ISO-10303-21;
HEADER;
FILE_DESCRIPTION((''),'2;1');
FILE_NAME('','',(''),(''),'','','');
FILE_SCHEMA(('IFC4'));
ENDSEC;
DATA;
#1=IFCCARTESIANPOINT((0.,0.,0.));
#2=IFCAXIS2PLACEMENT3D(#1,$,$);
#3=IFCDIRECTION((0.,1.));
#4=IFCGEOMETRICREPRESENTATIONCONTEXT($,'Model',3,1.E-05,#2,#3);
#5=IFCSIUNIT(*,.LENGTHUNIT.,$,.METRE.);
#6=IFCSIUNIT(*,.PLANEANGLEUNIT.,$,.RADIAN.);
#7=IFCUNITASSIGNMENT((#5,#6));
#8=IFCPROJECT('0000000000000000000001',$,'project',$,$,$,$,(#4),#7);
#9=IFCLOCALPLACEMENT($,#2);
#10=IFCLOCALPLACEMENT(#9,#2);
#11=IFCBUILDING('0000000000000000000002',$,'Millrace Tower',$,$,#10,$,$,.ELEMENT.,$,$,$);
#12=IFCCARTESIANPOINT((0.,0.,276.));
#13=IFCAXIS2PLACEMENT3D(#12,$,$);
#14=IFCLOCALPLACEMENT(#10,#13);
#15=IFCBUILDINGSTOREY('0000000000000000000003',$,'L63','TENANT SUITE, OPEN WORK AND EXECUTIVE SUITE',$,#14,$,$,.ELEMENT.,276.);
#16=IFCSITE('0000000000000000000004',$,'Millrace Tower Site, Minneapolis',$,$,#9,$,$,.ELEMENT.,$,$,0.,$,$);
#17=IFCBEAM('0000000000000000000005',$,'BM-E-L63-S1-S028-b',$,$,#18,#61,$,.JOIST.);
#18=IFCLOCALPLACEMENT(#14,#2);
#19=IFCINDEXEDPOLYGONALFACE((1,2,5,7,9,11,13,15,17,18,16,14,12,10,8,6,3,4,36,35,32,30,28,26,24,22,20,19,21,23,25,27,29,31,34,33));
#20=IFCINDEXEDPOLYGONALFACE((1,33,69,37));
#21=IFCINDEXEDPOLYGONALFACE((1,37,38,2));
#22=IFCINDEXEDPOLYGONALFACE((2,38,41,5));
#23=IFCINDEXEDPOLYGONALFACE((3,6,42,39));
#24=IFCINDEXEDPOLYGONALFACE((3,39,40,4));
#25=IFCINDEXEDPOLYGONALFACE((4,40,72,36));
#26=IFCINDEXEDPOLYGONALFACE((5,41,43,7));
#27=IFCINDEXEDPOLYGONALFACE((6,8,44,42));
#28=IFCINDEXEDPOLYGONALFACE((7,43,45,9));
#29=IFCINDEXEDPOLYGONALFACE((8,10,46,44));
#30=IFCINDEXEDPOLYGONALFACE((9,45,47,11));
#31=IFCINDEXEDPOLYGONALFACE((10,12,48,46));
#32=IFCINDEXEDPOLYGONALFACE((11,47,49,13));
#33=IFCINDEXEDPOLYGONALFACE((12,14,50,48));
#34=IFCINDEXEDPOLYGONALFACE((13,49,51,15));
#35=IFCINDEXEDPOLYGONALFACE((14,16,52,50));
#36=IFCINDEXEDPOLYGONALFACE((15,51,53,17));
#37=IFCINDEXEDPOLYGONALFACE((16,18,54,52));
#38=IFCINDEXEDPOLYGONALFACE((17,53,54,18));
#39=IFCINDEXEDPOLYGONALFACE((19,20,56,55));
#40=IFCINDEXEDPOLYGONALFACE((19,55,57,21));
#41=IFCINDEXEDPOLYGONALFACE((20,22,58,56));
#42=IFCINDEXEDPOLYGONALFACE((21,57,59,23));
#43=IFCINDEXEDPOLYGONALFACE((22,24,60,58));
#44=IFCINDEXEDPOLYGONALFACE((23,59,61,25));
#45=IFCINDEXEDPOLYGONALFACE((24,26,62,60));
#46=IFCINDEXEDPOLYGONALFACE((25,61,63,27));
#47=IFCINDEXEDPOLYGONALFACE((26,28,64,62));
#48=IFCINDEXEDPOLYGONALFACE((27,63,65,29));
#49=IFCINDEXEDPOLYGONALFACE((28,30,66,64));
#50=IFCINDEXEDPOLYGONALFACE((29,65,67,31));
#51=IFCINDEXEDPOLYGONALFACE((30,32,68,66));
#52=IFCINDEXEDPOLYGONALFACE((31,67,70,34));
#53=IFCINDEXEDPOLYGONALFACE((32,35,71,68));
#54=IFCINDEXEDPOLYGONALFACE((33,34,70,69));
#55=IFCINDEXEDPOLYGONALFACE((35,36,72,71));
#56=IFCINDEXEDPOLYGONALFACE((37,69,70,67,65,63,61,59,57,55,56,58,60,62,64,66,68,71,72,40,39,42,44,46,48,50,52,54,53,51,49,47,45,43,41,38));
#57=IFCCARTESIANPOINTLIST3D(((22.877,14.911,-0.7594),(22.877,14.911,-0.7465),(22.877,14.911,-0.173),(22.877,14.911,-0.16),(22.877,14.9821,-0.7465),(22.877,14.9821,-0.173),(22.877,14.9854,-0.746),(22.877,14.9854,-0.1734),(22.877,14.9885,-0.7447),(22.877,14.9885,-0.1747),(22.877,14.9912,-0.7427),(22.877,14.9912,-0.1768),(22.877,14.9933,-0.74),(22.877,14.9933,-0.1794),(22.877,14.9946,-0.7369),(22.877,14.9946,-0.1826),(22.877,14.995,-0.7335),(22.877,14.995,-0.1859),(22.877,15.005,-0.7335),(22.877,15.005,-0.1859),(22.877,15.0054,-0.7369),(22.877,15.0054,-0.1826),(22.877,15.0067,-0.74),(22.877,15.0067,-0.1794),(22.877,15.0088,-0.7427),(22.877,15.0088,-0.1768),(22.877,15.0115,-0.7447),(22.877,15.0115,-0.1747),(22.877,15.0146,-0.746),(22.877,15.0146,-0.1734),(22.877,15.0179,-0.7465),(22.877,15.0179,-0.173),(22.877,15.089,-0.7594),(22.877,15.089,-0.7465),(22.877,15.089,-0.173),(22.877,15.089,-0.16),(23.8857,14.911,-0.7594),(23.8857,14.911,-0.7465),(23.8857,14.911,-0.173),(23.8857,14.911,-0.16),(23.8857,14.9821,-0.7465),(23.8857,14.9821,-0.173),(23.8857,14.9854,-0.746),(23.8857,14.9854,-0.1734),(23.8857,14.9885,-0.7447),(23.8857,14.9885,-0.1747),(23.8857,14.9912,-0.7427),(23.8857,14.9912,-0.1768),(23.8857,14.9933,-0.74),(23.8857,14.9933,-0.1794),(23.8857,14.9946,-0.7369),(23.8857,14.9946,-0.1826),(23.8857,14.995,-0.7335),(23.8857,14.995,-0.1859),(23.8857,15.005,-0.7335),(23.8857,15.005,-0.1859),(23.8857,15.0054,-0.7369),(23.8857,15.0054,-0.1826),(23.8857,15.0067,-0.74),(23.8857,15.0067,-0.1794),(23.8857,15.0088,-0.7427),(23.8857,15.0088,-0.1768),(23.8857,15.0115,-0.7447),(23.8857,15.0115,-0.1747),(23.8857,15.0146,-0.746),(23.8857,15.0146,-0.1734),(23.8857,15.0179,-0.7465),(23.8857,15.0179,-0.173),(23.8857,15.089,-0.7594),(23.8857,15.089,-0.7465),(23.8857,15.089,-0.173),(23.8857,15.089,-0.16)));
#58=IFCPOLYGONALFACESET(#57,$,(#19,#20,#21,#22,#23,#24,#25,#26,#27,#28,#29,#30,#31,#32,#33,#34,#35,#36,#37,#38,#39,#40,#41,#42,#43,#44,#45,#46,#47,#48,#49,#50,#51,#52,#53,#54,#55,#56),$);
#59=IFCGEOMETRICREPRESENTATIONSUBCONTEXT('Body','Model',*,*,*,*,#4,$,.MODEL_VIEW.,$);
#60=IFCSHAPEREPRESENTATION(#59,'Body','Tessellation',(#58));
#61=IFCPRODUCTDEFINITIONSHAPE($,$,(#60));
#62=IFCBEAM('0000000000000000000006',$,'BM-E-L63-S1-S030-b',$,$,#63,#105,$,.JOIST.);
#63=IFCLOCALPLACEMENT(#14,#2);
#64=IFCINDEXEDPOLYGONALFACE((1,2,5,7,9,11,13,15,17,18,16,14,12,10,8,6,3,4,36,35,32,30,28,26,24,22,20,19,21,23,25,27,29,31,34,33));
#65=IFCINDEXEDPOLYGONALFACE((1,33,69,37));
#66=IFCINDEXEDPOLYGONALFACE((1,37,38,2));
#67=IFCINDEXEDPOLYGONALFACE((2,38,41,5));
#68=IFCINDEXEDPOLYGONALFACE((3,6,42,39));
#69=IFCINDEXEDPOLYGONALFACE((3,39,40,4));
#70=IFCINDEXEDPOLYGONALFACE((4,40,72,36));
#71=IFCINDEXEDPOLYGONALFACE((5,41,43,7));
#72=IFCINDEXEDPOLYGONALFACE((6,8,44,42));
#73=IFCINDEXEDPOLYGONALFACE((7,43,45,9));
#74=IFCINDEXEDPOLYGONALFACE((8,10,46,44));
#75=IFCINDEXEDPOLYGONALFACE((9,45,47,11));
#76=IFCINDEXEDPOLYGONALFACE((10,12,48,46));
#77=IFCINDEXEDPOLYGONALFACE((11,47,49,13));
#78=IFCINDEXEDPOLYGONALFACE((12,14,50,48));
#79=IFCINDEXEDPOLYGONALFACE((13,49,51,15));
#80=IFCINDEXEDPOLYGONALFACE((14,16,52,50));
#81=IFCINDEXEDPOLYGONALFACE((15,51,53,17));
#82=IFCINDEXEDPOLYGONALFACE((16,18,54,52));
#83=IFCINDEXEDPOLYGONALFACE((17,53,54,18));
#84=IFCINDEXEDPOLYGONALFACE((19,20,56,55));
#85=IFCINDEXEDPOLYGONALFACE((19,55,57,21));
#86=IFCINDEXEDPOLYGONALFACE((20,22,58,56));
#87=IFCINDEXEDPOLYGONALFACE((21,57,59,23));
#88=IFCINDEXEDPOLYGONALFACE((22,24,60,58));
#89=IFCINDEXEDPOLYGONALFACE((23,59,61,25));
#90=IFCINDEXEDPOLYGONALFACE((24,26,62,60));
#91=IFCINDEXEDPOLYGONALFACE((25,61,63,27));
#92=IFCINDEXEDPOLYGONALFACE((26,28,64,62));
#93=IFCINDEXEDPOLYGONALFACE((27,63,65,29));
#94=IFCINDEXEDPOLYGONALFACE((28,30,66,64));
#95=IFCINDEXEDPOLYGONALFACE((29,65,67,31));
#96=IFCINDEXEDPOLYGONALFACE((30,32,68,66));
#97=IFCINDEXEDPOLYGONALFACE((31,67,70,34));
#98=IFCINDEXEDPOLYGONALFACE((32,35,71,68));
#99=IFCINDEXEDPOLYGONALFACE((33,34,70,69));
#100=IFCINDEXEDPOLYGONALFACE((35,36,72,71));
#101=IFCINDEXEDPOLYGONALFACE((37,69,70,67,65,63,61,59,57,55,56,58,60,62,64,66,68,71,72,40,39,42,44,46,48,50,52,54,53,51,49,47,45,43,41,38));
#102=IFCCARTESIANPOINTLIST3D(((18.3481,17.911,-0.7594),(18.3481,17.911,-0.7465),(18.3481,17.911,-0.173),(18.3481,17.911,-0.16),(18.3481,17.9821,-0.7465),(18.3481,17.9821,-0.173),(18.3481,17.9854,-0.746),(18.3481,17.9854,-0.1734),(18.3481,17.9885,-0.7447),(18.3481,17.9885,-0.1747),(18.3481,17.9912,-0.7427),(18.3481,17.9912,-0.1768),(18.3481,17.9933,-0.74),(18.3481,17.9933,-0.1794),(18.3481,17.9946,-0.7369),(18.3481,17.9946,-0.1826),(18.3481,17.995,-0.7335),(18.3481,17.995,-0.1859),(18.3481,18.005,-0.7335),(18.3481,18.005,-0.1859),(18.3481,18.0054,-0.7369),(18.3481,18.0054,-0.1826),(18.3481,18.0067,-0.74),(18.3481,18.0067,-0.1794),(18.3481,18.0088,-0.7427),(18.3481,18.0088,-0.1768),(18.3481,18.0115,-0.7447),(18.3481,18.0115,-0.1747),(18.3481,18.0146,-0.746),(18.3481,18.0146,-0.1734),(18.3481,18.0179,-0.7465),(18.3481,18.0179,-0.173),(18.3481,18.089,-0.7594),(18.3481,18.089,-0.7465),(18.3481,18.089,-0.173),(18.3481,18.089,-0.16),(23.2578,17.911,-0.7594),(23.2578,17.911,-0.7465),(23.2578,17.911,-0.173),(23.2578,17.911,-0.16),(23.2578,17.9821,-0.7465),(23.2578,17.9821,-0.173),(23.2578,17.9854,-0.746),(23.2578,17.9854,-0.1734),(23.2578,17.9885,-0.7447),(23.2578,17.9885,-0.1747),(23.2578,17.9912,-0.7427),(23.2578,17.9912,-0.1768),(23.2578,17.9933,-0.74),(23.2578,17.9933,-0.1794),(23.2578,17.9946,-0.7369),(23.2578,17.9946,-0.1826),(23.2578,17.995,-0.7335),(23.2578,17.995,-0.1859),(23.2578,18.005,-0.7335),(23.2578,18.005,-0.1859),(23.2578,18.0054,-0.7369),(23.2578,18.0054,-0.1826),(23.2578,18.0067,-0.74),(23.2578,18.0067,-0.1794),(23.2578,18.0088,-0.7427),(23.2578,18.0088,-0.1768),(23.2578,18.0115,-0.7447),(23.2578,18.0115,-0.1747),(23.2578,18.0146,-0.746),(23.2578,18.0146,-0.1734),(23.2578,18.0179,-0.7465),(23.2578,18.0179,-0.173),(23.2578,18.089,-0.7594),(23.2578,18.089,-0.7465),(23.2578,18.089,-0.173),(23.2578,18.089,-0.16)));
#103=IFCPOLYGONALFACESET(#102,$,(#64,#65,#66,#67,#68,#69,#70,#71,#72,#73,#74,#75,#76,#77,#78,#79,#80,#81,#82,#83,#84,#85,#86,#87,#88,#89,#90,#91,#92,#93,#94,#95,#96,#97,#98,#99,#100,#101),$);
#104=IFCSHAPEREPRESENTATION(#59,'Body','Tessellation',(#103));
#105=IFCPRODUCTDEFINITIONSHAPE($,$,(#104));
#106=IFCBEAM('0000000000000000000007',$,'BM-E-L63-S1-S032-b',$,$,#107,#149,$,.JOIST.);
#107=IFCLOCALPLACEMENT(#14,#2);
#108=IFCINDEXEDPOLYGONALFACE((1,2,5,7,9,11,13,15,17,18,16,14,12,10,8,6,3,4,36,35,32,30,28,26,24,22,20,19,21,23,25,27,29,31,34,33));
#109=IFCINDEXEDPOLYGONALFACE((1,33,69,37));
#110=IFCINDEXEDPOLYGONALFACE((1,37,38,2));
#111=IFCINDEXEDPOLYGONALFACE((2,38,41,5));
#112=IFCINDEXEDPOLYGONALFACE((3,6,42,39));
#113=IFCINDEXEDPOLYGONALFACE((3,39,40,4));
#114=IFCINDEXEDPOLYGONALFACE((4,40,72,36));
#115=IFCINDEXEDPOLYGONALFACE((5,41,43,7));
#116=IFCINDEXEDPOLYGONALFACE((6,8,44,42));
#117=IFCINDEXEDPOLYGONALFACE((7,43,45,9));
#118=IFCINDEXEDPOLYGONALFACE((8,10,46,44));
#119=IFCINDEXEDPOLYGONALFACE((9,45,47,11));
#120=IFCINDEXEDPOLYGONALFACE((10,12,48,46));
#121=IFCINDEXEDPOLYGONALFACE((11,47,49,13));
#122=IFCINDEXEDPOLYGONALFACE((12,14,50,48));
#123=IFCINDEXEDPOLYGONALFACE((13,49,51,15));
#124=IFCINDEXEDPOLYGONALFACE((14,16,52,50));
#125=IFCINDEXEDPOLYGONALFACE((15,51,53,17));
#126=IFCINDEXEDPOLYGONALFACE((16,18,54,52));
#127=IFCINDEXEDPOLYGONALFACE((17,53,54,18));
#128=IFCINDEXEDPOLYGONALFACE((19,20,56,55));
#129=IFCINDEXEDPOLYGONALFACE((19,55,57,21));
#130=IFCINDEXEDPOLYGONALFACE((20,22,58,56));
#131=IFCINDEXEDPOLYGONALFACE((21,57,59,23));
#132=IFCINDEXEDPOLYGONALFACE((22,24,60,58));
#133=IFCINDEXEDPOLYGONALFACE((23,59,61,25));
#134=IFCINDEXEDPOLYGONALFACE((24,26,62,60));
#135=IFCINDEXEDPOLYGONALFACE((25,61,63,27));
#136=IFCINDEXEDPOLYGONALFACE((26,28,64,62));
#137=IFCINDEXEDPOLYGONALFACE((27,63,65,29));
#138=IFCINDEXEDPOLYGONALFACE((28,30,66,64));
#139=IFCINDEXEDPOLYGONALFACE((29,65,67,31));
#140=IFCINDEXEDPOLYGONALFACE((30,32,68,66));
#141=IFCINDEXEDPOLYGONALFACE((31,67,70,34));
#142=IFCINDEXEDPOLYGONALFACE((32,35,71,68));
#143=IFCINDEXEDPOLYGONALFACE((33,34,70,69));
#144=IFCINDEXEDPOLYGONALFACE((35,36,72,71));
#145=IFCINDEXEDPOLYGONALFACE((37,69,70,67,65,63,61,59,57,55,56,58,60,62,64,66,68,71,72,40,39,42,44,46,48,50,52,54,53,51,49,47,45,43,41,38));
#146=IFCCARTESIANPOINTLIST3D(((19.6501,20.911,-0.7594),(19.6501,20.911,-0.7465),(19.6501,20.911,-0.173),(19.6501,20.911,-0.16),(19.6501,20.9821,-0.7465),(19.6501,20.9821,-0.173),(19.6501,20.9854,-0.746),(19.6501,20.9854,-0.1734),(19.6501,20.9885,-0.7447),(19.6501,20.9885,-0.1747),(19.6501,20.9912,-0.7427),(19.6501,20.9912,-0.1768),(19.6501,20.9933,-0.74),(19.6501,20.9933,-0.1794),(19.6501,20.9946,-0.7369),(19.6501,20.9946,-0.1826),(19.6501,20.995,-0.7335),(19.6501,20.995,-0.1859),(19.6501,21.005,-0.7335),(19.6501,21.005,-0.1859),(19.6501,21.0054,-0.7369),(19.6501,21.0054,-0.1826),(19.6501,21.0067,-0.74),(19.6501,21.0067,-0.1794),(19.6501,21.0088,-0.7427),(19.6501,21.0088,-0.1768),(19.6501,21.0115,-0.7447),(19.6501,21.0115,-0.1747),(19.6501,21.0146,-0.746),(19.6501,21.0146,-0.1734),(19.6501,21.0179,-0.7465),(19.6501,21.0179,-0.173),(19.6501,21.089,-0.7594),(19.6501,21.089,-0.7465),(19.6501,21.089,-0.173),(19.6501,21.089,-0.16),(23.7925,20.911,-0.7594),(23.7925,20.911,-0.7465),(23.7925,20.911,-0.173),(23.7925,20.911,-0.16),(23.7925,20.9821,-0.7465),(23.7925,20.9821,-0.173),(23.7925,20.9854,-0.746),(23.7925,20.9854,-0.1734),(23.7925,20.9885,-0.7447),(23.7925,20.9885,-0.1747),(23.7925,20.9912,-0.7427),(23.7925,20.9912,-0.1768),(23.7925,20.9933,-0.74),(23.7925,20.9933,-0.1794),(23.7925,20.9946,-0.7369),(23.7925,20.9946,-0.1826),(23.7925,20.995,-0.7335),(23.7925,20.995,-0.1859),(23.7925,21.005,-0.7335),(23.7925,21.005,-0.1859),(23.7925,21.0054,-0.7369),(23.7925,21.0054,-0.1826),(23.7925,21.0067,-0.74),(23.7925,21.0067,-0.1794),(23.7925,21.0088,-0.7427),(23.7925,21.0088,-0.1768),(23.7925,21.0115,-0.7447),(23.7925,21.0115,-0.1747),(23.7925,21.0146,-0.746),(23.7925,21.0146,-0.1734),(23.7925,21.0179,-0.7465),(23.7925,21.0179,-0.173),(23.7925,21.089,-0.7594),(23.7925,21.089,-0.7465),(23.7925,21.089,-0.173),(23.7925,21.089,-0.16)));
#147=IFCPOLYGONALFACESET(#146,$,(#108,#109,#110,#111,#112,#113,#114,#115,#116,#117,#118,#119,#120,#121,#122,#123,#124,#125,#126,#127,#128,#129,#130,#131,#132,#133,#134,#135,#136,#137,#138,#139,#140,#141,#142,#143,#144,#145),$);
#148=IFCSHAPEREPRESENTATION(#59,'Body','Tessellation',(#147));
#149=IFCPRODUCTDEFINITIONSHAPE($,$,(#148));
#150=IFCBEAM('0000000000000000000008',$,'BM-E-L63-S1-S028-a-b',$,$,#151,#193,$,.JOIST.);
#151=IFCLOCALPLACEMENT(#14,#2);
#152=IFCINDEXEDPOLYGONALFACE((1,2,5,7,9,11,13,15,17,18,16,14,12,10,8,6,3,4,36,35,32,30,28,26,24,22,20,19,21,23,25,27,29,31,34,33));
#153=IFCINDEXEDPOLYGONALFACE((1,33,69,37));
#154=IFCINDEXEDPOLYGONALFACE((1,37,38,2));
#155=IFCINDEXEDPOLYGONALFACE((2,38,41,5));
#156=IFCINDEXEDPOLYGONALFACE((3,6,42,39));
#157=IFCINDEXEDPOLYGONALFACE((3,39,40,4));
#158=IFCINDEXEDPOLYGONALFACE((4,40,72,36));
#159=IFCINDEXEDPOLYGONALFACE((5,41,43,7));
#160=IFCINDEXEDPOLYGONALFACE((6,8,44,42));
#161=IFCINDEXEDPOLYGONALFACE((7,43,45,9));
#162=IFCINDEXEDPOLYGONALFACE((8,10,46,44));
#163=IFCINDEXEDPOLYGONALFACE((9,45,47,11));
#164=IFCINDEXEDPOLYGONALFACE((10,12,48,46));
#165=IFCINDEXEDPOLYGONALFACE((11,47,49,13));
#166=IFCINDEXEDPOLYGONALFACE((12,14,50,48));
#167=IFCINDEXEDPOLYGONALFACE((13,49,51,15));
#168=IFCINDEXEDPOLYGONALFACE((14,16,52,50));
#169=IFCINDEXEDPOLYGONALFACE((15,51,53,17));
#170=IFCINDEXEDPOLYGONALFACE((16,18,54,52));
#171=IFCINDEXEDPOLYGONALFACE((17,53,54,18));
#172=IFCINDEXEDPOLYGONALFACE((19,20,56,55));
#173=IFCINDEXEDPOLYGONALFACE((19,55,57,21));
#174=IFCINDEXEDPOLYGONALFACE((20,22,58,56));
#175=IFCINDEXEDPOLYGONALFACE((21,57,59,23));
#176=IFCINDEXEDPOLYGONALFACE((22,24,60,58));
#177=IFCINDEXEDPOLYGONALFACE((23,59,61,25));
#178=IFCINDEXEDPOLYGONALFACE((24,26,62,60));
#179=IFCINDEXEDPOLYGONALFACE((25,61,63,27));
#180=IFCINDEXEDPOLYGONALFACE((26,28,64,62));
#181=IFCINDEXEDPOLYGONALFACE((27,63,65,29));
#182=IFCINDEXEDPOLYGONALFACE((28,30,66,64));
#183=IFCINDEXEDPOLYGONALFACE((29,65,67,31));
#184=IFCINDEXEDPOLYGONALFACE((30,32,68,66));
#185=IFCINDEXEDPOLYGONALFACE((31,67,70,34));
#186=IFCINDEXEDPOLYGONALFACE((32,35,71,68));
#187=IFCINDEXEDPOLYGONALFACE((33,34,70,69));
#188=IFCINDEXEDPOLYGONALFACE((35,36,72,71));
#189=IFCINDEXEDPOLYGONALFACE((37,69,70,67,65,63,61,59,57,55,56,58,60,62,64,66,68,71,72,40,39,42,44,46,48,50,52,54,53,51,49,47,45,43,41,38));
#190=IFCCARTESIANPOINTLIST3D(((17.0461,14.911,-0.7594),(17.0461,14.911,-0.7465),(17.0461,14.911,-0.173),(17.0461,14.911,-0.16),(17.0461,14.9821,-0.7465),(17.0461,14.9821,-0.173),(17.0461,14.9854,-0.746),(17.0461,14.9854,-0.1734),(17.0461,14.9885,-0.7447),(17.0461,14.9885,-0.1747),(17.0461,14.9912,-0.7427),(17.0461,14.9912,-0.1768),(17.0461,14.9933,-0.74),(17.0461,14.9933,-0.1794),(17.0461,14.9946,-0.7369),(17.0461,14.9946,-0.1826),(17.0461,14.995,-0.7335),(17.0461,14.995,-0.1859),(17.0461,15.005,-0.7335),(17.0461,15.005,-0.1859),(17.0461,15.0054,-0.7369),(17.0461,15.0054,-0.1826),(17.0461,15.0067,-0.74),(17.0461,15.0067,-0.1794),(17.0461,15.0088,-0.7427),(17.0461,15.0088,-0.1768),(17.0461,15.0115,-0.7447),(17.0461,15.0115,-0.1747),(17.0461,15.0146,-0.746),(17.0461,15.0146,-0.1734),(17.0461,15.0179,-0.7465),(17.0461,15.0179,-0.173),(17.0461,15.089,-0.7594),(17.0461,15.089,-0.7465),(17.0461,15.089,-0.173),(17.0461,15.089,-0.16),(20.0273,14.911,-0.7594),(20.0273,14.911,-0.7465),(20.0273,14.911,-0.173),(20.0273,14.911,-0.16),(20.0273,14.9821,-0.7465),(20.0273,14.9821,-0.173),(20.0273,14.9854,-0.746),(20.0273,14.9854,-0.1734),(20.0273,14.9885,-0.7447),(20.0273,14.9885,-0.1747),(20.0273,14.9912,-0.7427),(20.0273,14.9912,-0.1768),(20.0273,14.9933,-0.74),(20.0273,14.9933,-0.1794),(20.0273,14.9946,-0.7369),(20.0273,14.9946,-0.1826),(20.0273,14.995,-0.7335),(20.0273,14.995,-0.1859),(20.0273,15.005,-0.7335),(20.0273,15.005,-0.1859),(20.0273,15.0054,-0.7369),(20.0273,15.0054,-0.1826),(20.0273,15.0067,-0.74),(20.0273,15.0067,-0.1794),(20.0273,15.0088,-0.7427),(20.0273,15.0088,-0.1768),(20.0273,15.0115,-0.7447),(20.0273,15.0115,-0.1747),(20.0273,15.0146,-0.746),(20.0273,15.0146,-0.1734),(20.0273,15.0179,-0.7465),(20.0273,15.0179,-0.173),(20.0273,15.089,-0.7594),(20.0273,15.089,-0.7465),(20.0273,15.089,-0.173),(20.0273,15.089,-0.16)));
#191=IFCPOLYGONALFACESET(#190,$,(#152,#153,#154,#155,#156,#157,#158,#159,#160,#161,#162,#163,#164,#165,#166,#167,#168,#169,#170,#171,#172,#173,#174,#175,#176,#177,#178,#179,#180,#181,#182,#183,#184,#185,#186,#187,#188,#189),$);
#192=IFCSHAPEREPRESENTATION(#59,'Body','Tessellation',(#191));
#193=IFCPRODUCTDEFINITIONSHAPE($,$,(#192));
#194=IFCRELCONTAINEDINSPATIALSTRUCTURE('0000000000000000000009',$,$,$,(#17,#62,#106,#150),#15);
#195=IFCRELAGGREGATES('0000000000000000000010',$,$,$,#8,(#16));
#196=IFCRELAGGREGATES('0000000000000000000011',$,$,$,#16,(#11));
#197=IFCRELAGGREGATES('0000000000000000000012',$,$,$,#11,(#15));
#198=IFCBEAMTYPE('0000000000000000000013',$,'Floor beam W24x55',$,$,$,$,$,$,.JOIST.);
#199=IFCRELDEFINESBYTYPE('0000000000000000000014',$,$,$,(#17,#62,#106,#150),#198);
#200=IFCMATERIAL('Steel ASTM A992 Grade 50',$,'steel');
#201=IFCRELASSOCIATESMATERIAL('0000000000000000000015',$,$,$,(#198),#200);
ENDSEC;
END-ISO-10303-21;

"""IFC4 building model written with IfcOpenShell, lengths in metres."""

from ifc_helpers import new_model, si_unit, direction, frame, origin, origin_2d, place, context, subcontext, project, spatial, i_section, extrude, material, material_profile, profile_set, type_object, element, save


model = new_model("IFC4")

# Units and contexts
model_context = context("Model", 3, precision=1e-05, world=origin(), true_north=direction((0.0, 1.0)))
body_context = subcontext(model_context, "Body", "Model", "MODEL_VIEW")
ifc_project = project(units=[si_unit("LENGTHUNIT", "METRE"), si_unit("PLANEANGLEUNIT", "RADIAN")], contexts=[model_context])

# Site, building, storey
site_placement = place(None, origin())
site = spatial("IfcSite", under=ifc_project, at=site_placement, Name="Millrace Tower Site, Minneapolis", CompositionType="ELEMENT", RefElevation=0.0)
building_placement = place(site_placement, origin())
building = spatial("IfcBuilding", under=site, at=building_placement, Name="Millrace Tower", CompositionType="ELEMENT")
storey_placement = place(building_placement, frame((0.0, 0.0, 276.0)))
storey = spatial("IfcBuildingStorey", under=building, at=storey_placement, Name="L63", Description="TENANT SUITE, OPEN WORK AND EXECUTIVE SUITE", CompositionType="ELEMENT", Elevation=276.0)

# Beams
ifc_material_1 = material(Name="Steel ASTM A992 Grade 50", Category="steel")
ifc_material_profile_1 = material_profile(ifc_material_1, i_section(OverallWidth=0.178, OverallDepth=0.5994, WebThickness=0.01, FlangeThickness=0.0129, FilletRadius=0.0129, at=origin_2d()))
ifc_profile_set_1 = profile_set([ifc_material_profile_1], Name="Steel ASTM A992 Grade 50")
beam_type_1 = type_object("IfcBeamType", Name="Floor beam W24x55", PredefinedType="JOIST", material=ifc_profile_set_1)
beam_1_placement = place(storey_placement, frame((22.877, 15.0, -0.4597), z_axis=(1.0, 0.0, 0.0), x_axis=(0.0, 1.0, 0.0)))
element("IfcBeam", 1, at=beam_1_placement, inside=storey, type_object=beam_type_1, Name="BM-E-L63-S1-S028-b", PredefinedType="JOIST", context=body_context, shape_type="SweptSolid", body=[
    extrude(i_section(OverallWidth=0.178, OverallDepth=0.5994, WebThickness=0.01, FlangeThickness=0.0129, FilletRadius=0.0129, at=origin_2d()), origin(), (0.0, 0.0, 1.0), 1.0088),
])
beam_2_placement = place(storey_placement, frame((18.3481, 18.0, -0.4597), z_axis=(1.0, 0.0, 0.0), x_axis=(0.0, 1.0, 0.0)))
element("IfcBeam", 2, at=beam_2_placement, inside=storey, type_object=beam_type_1, Name="BM-E-L63-S1-S030-b", PredefinedType="JOIST", context=body_context, shape_type="SweptSolid", body=[
    extrude(i_section(OverallWidth=0.178, OverallDepth=0.5994, WebThickness=0.01, FlangeThickness=0.0129, FilletRadius=0.0129, at=origin_2d()), origin(), (0.0, 0.0, 1.0), 4.9097),
])
beam_3_placement = place(storey_placement, frame((19.6501, 21.0, -0.4597), z_axis=(1.0, 0.0, 0.0), x_axis=(0.0, 1.0, 0.0)))
element("IfcBeam", 3, at=beam_3_placement, inside=storey, type_object=beam_type_1, Name="BM-E-L63-S1-S032-b", PredefinedType="JOIST", context=body_context, shape_type="SweptSolid", body=[
    extrude(i_section(OverallWidth=0.178, OverallDepth=0.5994, WebThickness=0.01, FlangeThickness=0.0129, FilletRadius=0.0129, at=origin_2d()), origin(), (0.0, 0.0, 1.0), 4.1423),
])
beam_4_placement = place(storey_placement, frame((17.0461, 15.0, -0.4597), z_axis=(1.0, 0.0, 0.0), x_axis=(0.0, 1.0, 0.0)))
element("IfcBeam", 4, at=beam_4_placement, inside=storey, type_object=beam_type_1, Name="BM-E-L63-S1-S028-a-b", PredefinedType="JOIST", context=body_context, shape_type="SweptSolid", body=[
    extrude(i_section(OverallWidth=0.178, OverallDepth=0.5994, WebThickness=0.01, FlangeThickness=0.0129, FilletRadius=0.0129, at=origin_2d()), origin(), (0.0, 0.0, 1.0), 2.9812),
])

save(model, "model.ifc")
